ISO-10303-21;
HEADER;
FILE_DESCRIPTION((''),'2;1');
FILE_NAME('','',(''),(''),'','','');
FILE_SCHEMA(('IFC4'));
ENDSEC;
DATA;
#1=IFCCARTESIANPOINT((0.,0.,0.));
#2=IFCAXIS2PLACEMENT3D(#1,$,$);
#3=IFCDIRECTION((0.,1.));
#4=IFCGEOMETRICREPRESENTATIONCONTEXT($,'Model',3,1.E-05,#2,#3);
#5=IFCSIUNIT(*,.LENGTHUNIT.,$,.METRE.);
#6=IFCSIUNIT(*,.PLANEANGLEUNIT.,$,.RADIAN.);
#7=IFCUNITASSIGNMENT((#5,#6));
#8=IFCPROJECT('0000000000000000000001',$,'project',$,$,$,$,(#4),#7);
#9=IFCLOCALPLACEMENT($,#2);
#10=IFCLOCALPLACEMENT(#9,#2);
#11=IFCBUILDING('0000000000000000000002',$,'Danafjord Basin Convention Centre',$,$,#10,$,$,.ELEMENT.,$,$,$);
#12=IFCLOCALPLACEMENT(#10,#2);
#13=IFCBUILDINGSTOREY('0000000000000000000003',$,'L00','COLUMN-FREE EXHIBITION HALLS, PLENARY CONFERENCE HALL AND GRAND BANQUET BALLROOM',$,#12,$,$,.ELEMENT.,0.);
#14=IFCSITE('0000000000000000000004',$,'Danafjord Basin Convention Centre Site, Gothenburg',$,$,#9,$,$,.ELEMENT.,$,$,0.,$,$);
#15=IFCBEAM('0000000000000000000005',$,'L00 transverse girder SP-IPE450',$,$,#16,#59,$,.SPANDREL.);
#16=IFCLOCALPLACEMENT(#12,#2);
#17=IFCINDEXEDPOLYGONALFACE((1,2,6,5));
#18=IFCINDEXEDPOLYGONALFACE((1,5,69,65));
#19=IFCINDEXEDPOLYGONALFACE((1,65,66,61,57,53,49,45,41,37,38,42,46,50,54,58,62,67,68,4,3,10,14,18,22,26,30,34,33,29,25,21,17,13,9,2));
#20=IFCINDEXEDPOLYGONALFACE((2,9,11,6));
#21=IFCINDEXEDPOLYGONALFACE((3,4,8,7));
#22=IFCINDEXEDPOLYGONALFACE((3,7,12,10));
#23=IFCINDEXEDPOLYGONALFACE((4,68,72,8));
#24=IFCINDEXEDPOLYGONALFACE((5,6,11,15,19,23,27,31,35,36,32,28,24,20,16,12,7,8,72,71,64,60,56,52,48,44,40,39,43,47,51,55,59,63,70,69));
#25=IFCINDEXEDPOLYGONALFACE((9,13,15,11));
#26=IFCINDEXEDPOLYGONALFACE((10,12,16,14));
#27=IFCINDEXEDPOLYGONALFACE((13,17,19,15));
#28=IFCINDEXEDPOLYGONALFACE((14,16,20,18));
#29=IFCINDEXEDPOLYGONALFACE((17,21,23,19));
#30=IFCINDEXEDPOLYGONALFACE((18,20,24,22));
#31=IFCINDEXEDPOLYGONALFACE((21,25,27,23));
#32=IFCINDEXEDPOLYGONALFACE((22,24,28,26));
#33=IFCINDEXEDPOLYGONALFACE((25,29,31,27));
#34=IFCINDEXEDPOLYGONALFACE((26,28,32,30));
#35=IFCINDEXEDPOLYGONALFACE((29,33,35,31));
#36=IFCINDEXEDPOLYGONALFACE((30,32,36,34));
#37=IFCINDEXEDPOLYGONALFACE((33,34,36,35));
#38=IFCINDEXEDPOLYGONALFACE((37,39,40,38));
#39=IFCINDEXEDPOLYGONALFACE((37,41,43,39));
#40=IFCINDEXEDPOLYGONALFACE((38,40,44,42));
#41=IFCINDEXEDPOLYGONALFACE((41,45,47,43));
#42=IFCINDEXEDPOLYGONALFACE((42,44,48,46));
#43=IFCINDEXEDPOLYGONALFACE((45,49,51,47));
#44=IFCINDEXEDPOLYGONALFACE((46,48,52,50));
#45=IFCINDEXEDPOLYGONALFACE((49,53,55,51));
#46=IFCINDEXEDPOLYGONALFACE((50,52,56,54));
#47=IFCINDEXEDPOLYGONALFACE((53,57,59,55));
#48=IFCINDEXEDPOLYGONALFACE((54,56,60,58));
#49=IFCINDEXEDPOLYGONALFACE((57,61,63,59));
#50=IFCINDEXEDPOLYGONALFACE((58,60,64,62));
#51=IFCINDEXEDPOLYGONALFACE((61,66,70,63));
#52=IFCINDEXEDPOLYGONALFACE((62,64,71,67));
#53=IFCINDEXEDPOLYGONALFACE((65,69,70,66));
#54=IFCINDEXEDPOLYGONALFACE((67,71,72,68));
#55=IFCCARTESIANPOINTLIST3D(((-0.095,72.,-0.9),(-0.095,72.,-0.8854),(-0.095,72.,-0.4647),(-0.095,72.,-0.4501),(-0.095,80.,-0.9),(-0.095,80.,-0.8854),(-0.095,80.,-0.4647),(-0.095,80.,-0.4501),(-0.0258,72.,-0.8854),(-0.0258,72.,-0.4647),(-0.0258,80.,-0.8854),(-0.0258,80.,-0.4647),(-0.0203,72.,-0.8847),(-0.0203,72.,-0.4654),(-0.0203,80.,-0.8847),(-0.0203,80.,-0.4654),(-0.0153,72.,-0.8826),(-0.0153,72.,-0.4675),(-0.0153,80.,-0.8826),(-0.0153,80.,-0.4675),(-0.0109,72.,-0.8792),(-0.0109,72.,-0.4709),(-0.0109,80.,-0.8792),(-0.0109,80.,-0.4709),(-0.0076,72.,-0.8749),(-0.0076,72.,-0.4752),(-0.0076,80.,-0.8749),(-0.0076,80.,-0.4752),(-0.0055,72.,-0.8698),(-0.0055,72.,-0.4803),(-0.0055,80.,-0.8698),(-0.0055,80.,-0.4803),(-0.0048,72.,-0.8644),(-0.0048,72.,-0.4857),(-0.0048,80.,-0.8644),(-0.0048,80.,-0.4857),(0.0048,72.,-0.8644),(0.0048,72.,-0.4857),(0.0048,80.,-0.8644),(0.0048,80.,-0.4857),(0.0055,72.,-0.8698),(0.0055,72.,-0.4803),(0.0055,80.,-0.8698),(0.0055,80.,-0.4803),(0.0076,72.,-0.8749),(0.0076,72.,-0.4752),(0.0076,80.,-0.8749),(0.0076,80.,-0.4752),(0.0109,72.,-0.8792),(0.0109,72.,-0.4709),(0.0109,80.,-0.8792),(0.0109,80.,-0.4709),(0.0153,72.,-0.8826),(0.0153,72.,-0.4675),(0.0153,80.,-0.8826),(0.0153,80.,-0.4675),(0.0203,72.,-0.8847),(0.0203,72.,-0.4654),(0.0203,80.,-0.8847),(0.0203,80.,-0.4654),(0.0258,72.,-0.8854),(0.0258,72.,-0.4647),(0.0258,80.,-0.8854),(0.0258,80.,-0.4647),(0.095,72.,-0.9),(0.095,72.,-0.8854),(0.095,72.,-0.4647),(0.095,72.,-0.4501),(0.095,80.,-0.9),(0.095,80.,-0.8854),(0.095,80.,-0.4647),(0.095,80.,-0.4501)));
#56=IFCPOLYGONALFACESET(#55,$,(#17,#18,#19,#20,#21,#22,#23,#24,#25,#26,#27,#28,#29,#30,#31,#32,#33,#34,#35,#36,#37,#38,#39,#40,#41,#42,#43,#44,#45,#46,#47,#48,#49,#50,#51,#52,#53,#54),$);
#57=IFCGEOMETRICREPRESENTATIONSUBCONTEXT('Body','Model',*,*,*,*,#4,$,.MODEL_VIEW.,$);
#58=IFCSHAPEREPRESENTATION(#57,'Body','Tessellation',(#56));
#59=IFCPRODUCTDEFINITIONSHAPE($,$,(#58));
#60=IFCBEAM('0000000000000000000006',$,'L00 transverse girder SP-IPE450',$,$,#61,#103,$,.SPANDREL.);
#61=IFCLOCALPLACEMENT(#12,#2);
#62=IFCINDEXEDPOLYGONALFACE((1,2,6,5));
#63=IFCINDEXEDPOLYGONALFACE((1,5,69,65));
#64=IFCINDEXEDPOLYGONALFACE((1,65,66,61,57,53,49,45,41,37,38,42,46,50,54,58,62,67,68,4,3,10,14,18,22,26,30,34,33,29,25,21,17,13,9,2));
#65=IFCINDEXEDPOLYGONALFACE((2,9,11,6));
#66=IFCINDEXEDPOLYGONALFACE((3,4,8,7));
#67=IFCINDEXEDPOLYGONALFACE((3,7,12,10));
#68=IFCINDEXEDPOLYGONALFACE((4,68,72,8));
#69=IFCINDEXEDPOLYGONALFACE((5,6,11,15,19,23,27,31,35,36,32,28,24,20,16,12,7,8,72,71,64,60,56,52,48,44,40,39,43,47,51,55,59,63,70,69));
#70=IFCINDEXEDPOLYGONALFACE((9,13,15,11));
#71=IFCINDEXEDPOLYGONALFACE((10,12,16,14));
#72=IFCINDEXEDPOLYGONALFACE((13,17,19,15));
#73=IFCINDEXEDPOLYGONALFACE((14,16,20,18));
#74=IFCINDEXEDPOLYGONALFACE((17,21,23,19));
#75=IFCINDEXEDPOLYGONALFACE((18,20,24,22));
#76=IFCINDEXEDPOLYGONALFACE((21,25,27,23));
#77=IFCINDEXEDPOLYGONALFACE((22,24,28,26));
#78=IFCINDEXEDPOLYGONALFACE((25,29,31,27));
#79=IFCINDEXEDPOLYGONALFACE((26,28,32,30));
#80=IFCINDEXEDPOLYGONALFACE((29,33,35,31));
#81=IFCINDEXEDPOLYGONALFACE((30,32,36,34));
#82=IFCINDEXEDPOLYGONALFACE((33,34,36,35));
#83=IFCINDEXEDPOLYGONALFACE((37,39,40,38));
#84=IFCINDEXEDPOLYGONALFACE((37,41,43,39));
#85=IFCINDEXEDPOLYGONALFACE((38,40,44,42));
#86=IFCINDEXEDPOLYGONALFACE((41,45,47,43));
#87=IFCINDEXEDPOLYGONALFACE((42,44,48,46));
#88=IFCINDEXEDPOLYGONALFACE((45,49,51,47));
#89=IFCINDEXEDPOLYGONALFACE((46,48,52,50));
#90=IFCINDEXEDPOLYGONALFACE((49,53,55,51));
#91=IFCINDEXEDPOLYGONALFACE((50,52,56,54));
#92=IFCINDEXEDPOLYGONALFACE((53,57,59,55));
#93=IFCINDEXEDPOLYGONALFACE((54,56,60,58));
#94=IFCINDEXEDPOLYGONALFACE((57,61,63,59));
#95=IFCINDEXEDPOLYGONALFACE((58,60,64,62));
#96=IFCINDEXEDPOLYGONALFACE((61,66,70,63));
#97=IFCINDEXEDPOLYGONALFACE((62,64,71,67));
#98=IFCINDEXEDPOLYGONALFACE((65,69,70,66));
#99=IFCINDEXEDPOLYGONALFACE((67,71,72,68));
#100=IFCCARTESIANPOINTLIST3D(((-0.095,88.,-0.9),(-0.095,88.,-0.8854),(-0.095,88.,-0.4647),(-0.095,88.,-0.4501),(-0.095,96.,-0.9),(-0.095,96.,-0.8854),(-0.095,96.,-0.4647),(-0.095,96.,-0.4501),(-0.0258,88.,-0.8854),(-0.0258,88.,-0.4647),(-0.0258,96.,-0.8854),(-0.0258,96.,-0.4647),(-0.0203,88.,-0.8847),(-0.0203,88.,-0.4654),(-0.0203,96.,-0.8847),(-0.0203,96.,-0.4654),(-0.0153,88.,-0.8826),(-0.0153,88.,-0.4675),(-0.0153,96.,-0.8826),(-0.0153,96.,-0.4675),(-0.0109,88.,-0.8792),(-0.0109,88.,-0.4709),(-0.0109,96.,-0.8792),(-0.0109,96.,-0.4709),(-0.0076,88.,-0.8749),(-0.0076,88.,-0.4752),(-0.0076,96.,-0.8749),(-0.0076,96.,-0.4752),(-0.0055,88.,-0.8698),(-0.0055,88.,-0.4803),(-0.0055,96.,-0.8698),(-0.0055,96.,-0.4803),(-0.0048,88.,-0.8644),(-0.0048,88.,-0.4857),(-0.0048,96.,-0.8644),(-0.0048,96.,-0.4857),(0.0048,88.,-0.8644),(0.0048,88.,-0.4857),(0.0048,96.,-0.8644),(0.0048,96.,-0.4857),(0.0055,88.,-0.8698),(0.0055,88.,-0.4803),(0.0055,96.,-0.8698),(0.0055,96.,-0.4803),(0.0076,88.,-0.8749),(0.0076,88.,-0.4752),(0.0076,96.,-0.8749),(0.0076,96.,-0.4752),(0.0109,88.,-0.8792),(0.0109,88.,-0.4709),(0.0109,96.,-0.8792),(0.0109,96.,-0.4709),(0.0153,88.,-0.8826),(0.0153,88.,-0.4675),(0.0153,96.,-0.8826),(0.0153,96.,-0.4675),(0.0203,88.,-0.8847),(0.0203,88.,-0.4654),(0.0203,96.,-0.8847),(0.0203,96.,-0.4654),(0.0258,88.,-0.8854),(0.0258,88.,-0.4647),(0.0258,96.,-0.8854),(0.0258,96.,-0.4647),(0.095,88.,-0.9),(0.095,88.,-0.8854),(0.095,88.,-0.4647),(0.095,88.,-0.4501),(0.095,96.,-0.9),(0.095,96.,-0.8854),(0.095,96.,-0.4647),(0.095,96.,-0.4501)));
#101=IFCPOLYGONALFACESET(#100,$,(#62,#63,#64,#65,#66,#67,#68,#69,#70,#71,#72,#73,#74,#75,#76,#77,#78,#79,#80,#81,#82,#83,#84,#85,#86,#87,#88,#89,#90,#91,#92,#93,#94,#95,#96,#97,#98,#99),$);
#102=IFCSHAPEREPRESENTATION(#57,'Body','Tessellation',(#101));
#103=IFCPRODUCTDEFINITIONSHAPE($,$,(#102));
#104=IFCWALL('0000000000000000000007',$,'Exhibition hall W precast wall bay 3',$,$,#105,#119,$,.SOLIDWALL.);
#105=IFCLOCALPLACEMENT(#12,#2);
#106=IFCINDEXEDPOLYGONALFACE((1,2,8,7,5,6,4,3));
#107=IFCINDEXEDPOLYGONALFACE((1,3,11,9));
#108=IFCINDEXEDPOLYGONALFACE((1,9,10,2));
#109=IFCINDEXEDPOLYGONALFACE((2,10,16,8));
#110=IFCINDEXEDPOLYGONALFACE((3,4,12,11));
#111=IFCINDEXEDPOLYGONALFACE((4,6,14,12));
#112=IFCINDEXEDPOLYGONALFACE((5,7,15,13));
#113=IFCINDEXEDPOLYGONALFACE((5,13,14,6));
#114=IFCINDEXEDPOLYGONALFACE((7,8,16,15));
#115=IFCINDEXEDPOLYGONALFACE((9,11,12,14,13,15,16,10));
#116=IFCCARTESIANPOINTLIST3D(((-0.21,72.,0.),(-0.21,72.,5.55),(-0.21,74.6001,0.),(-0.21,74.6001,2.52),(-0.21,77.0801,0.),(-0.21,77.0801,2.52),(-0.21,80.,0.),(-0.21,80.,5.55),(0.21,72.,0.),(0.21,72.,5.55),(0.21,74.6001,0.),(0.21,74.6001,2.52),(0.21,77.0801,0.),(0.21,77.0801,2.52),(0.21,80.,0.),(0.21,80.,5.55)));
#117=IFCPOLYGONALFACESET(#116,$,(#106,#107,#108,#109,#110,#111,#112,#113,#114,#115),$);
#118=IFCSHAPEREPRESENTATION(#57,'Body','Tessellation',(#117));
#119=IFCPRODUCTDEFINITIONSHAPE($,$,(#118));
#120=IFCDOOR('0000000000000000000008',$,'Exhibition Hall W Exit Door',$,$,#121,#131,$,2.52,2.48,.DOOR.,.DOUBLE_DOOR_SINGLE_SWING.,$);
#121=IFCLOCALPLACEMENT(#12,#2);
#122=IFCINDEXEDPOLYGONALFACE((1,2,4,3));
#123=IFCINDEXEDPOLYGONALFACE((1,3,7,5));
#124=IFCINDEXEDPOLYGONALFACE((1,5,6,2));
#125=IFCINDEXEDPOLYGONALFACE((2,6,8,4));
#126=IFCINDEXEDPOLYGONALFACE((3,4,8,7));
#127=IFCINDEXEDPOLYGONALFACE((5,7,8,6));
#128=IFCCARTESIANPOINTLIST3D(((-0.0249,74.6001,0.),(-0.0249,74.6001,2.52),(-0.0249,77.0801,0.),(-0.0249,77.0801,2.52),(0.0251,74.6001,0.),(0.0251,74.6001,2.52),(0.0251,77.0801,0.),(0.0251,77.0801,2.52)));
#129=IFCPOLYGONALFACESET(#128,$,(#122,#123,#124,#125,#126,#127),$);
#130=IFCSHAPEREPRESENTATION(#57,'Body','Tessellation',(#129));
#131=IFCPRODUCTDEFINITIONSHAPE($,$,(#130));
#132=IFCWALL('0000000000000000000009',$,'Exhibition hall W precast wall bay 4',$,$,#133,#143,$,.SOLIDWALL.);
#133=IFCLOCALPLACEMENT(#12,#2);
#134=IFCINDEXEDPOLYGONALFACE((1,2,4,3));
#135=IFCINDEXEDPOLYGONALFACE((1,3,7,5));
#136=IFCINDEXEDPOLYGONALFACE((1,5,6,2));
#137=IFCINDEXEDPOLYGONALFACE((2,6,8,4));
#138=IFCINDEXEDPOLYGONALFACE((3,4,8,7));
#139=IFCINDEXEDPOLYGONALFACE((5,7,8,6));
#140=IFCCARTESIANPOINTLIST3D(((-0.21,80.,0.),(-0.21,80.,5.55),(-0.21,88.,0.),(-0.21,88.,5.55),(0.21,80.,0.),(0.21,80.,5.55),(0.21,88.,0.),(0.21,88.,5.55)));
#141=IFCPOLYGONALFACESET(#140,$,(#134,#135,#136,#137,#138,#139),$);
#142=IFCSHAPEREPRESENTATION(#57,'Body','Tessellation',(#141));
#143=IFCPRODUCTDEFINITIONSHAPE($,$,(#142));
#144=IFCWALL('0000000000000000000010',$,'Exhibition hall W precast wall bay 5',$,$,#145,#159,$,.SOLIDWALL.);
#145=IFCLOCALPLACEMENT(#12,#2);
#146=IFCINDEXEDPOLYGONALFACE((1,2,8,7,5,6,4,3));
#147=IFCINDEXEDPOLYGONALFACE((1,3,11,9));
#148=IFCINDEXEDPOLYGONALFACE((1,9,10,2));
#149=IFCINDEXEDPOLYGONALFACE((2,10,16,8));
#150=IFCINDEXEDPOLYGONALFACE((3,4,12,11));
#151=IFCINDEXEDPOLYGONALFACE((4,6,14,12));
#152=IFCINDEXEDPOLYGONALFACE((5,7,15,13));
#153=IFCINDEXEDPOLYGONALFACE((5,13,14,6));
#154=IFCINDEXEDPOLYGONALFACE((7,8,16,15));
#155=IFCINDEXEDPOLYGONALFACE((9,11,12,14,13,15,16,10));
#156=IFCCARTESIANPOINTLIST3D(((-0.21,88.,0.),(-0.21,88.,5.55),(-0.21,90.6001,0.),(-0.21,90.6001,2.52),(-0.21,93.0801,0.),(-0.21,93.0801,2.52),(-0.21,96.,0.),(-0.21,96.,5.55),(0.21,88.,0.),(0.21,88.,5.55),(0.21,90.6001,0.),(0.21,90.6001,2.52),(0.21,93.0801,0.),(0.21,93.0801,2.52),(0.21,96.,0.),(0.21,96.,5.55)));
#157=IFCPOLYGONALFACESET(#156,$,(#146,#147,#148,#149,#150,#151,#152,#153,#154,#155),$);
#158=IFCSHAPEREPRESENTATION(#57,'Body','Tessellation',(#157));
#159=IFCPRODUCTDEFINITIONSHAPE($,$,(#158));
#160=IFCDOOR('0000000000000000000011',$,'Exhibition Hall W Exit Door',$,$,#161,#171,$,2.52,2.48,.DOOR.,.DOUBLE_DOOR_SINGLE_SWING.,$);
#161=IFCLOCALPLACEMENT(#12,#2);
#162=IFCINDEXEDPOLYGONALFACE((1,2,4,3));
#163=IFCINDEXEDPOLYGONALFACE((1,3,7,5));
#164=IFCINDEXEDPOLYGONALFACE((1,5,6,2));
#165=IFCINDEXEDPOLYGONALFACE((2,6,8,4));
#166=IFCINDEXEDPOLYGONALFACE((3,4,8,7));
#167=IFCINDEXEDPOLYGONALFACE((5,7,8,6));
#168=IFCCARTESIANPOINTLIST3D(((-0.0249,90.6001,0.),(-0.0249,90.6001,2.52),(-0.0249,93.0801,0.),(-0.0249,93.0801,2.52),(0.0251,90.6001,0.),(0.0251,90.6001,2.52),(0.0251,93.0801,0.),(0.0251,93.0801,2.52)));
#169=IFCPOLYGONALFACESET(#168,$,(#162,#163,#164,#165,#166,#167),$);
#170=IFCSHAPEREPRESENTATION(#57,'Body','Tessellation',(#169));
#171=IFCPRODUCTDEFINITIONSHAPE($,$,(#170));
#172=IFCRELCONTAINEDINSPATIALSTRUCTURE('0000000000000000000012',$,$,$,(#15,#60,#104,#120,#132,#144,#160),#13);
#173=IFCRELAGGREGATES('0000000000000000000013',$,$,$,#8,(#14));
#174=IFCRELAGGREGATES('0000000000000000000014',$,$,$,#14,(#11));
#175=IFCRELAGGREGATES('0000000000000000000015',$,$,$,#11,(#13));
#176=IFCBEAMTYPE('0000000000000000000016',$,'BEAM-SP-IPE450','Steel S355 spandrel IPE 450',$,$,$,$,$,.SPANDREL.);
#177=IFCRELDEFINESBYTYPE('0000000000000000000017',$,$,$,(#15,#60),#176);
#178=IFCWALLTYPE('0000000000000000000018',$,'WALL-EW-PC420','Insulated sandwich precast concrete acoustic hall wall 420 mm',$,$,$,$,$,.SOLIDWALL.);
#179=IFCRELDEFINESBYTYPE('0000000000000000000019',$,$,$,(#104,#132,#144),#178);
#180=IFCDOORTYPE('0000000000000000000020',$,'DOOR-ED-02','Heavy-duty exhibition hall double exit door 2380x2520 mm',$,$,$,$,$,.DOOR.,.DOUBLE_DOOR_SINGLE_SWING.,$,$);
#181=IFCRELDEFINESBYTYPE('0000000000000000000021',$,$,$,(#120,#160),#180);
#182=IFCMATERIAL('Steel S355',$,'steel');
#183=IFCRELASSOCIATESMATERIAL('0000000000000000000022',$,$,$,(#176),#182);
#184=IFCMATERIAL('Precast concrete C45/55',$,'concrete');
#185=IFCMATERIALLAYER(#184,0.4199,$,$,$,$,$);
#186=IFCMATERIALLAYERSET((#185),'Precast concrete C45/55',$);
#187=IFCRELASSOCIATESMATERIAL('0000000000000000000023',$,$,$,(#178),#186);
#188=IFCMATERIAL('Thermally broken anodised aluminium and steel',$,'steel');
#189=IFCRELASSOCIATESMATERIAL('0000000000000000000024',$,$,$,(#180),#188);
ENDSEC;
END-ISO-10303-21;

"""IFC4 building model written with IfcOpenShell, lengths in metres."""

from ifc_helpers import new_model, si_unit, direction, frame, frame_2d, origin, origin_2d, place, context, subcontext, project, spatial, rectangle, i_section, extrude, material, layer, layer_set, material_profile, profile_set, type_object, element, fill, save


model = new_model("IFC4")

# Units and contexts
model_context = context("Model", 3, precision=1e-05, world=origin(), true_north=direction((0.0, 1.0)))
body_context = subcontext(model_context, "Body", "Model", "MODEL_VIEW")
ifc_project = project(units=[si_unit("LENGTHUNIT", "METRE"), si_unit("PLANEANGLEUNIT", "RADIAN")], contexts=[model_context])

# Site, building, storey
site_placement = place(None, origin())
site = spatial("IfcSite", under=ifc_project, at=site_placement, Name="Danafjord Basin Convention Centre Site, Gothenburg", CompositionType="ELEMENT", RefElevation=0.0)
building_placement = place(site_placement, origin())
building = spatial("IfcBuilding", under=site, at=building_placement, Name="Danafjord Basin Convention Centre", CompositionType="ELEMENT")
storey_placement = place(building_placement, origin())
storey = spatial("IfcBuildingStorey", under=building, at=storey_placement, Name="L00", Description="COLUMN-FREE EXHIBITION HALLS, PLENARY CONFERENCE HALL AND GRAND BANQUET BALLROOM", CompositionType="ELEMENT", Elevation=0.0)

# Shared definitions
ifc_material_1 = material(Name="Precast concrete C45/55", Category="concrete")

# Beams
ifc_material_2 = material(Name="Steel S355", Category="steel")
ifc_material_profile_1 = material_profile(ifc_material_2, i_section(OverallWidth=0.1899, OverallDepth=0.45, WebThickness=0.0095, FlangeThickness=0.0146, FilletRadius=0.021, at=origin_2d()), Name="IPE 450")
ifc_profile_set_1 = profile_set([ifc_material_profile_1], Name="Steel S355")
beam_type_1 = type_object("IfcBeamType", Name="BEAM-SP-IPE450", Description="Steel S355 spandrel IPE 450", PredefinedType="SPANDREL", material=ifc_profile_set_1)
for number, where, z_axis, x_axis, name in (
    (1, (0.0, 72.0, -0.675), (0.0, 1.0, 0.0), (-1.0, 0.0, 0.0), "L00 transverse girder SP-IPE450"),
    (2, (0.0, 88.0, -0.675), (0.0, 1.0, 0.0), (-1.0, 0.0, 0.0), "L00 transverse girder SP-IPE450"),
):
    element("IfcBeam", number, at=place(storey_placement, frame(where, z_axis=z_axis, x_axis=x_axis)), inside=storey, type_object=beam_type_1, Name=name, PredefinedType="SPANDREL", context=body_context, shape_type="SweptSolid", body=[
        extrude(i_section(OverallWidth=0.1899, OverallDepth=0.45, WebThickness=0.0095, FlangeThickness=0.0146, FilletRadius=0.021, at=origin_2d()), origin(), (0.0, 0.0, 1.0), 8.0),
    ])

# Wall, opening, door
ifc_layer = layer(ifc_material_1, 0.4199)
ifc_layer_set = layer_set([ifc_layer], Name="Precast concrete C45/55")
wall_type = type_object("IfcWallType", Name="WALL-EW-PC420", Description="Insulated sandwich precast concrete acoustic hall wall 420 mm", PredefinedType="SOLIDWALL", material=ifc_layer_set)
wall_1_placement = place(storey_placement, frame((0.0, 72.0, 0.0), z_axis=(0.0, 0.0, 1.0), x_axis=(0.0, 1.0, 0.0)))
wall_1 = element("IfcWall", 3, at=wall_1_placement, inside=storey, type_object=wall_type, Name="Exhibition hall W precast wall bay 3", PredefinedType="SOLIDWALL", context=body_context, shape_type="SweptSolid", body=[
    extrude(rectangle(XDim=8.0, YDim=0.4199, at=frame_2d((4.0, 0.0))), origin(), (0.0, 0.0, 1.0), 5.55),
])
opening_1_placement = place(wall_1_placement, frame((2.6001, 0.0, 0.0)))
opening_1 = element("IfcOpeningElement", 4, at=opening_1_placement, cuts=wall_1, PredefinedType="OPENING", context=body_context, shape_type="SweptSolid", body=[
    extrude(rectangle(XDim=2.48, YDim=2.52, at=frame_2d((1.24, 1.26))), frame((0.0, 0.22, 0.0), z_axis=(0.0, -1.0, 0.0), x_axis=(1.0, 0.0, 0.0)), (0.0, 0.0, 1.0), 0.4399),
])
ifc_material_3 = material(Name="Thermally broken anodised aluminium and steel", Category="steel")
door_type = type_object("IfcDoorType", Name="DOOR-ED-02", Description="Heavy-duty exhibition hall double exit door 2380x2520 mm", OperationType="DOUBLE_DOOR_SINGLE_SWING", PredefinedType="DOOR", material=ifc_material_3)
door_1_placement = place(opening_1_placement, origin())
door_1 = element("IfcDoor", 5, at=door_1_placement, inside=storey, type_object=door_type, Name="Exhibition Hall W Exit Door", OperationType="DOUBLE_DOOR_SINGLE_SWING", OverallHeight=2.52, OverallWidth=2.48, PredefinedType="DOOR", context=body_context, shape_type="SweptSolid", body=[
    extrude(rectangle(XDim=2.48, YDim=2.52, at=frame_2d((1.24, 1.26))), frame((0.0, 0.0249, 0.0), z_axis=(0.0, -1.0, 0.0), x_axis=(1.0, 0.0, 0.0)), (0.0, 0.0, 1.0), 0.05),
])
fill(opening_1, door_1)

# Wall
wall_2_placement = place(storey_placement, frame((0.0, 80.0, 0.0), z_axis=(0.0, 0.0, 1.0), x_axis=(0.0, 1.0, 0.0)))
element("IfcWall", 6, at=wall_2_placement, inside=storey, type_object=wall_type, Name="Exhibition hall W precast wall bay 4", PredefinedType="SOLIDWALL", context=body_context, shape_type="SweptSolid", body=[
    extrude(rectangle(XDim=8.0, YDim=0.4199, at=frame_2d((4.0, 0.0))), origin(), (0.0, 0.0, 1.0), 5.55),
])

# Wall, opening, door
wall_3_placement = place(storey_placement, frame((0.0, 88.0, 0.0), z_axis=(0.0, 0.0, 1.0), x_axis=(0.0, 1.0, 0.0)))
wall_3 = element("IfcWall", 7, at=wall_3_placement, inside=storey, type_object=wall_type, Name="Exhibition hall W precast wall bay 5", PredefinedType="SOLIDWALL", context=body_context, shape_type="SweptSolid", body=[
    extrude(rectangle(XDim=8.0, YDim=0.4199, at=frame_2d((4.0, 0.0))), origin(), (0.0, 0.0, 1.0), 5.55),
])
opening_2_placement = place(wall_3_placement, frame((2.6001, 0.0, 0.0)))
opening_2 = element("IfcOpeningElement", 8, at=opening_2_placement, cuts=wall_3, PredefinedType="OPENING", context=body_context, shape_type="SweptSolid", body=[
    extrude(rectangle(XDim=2.48, YDim=2.52, at=frame_2d((1.24, 1.26))), frame((0.0, 0.22, 0.0), z_axis=(0.0, -1.0, 0.0), x_axis=(1.0, 0.0, 0.0)), (0.0, 0.0, 1.0), 0.4399),
])
door_2_placement = place(opening_2_placement, origin())
door_2 = element("IfcDoor", 9, at=door_2_placement, inside=storey, type_object=door_type, Name="Exhibition Hall W Exit Door", OperationType="DOUBLE_DOOR_SINGLE_SWING", OverallHeight=2.52, OverallWidth=2.48, PredefinedType="DOOR", context=body_context, shape_type="SweptSolid", body=[
    extrude(rectangle(XDim=2.48, YDim=2.52, at=frame_2d((1.24, 1.26))), frame((0.0, 0.0249, 0.0), z_axis=(0.0, -1.0, 0.0), x_axis=(1.0, 0.0, 0.0)), (0.0, 0.0, 1.0), 0.05),
])
fill(opening_2, door_2)

save(model, "model.ifc")
